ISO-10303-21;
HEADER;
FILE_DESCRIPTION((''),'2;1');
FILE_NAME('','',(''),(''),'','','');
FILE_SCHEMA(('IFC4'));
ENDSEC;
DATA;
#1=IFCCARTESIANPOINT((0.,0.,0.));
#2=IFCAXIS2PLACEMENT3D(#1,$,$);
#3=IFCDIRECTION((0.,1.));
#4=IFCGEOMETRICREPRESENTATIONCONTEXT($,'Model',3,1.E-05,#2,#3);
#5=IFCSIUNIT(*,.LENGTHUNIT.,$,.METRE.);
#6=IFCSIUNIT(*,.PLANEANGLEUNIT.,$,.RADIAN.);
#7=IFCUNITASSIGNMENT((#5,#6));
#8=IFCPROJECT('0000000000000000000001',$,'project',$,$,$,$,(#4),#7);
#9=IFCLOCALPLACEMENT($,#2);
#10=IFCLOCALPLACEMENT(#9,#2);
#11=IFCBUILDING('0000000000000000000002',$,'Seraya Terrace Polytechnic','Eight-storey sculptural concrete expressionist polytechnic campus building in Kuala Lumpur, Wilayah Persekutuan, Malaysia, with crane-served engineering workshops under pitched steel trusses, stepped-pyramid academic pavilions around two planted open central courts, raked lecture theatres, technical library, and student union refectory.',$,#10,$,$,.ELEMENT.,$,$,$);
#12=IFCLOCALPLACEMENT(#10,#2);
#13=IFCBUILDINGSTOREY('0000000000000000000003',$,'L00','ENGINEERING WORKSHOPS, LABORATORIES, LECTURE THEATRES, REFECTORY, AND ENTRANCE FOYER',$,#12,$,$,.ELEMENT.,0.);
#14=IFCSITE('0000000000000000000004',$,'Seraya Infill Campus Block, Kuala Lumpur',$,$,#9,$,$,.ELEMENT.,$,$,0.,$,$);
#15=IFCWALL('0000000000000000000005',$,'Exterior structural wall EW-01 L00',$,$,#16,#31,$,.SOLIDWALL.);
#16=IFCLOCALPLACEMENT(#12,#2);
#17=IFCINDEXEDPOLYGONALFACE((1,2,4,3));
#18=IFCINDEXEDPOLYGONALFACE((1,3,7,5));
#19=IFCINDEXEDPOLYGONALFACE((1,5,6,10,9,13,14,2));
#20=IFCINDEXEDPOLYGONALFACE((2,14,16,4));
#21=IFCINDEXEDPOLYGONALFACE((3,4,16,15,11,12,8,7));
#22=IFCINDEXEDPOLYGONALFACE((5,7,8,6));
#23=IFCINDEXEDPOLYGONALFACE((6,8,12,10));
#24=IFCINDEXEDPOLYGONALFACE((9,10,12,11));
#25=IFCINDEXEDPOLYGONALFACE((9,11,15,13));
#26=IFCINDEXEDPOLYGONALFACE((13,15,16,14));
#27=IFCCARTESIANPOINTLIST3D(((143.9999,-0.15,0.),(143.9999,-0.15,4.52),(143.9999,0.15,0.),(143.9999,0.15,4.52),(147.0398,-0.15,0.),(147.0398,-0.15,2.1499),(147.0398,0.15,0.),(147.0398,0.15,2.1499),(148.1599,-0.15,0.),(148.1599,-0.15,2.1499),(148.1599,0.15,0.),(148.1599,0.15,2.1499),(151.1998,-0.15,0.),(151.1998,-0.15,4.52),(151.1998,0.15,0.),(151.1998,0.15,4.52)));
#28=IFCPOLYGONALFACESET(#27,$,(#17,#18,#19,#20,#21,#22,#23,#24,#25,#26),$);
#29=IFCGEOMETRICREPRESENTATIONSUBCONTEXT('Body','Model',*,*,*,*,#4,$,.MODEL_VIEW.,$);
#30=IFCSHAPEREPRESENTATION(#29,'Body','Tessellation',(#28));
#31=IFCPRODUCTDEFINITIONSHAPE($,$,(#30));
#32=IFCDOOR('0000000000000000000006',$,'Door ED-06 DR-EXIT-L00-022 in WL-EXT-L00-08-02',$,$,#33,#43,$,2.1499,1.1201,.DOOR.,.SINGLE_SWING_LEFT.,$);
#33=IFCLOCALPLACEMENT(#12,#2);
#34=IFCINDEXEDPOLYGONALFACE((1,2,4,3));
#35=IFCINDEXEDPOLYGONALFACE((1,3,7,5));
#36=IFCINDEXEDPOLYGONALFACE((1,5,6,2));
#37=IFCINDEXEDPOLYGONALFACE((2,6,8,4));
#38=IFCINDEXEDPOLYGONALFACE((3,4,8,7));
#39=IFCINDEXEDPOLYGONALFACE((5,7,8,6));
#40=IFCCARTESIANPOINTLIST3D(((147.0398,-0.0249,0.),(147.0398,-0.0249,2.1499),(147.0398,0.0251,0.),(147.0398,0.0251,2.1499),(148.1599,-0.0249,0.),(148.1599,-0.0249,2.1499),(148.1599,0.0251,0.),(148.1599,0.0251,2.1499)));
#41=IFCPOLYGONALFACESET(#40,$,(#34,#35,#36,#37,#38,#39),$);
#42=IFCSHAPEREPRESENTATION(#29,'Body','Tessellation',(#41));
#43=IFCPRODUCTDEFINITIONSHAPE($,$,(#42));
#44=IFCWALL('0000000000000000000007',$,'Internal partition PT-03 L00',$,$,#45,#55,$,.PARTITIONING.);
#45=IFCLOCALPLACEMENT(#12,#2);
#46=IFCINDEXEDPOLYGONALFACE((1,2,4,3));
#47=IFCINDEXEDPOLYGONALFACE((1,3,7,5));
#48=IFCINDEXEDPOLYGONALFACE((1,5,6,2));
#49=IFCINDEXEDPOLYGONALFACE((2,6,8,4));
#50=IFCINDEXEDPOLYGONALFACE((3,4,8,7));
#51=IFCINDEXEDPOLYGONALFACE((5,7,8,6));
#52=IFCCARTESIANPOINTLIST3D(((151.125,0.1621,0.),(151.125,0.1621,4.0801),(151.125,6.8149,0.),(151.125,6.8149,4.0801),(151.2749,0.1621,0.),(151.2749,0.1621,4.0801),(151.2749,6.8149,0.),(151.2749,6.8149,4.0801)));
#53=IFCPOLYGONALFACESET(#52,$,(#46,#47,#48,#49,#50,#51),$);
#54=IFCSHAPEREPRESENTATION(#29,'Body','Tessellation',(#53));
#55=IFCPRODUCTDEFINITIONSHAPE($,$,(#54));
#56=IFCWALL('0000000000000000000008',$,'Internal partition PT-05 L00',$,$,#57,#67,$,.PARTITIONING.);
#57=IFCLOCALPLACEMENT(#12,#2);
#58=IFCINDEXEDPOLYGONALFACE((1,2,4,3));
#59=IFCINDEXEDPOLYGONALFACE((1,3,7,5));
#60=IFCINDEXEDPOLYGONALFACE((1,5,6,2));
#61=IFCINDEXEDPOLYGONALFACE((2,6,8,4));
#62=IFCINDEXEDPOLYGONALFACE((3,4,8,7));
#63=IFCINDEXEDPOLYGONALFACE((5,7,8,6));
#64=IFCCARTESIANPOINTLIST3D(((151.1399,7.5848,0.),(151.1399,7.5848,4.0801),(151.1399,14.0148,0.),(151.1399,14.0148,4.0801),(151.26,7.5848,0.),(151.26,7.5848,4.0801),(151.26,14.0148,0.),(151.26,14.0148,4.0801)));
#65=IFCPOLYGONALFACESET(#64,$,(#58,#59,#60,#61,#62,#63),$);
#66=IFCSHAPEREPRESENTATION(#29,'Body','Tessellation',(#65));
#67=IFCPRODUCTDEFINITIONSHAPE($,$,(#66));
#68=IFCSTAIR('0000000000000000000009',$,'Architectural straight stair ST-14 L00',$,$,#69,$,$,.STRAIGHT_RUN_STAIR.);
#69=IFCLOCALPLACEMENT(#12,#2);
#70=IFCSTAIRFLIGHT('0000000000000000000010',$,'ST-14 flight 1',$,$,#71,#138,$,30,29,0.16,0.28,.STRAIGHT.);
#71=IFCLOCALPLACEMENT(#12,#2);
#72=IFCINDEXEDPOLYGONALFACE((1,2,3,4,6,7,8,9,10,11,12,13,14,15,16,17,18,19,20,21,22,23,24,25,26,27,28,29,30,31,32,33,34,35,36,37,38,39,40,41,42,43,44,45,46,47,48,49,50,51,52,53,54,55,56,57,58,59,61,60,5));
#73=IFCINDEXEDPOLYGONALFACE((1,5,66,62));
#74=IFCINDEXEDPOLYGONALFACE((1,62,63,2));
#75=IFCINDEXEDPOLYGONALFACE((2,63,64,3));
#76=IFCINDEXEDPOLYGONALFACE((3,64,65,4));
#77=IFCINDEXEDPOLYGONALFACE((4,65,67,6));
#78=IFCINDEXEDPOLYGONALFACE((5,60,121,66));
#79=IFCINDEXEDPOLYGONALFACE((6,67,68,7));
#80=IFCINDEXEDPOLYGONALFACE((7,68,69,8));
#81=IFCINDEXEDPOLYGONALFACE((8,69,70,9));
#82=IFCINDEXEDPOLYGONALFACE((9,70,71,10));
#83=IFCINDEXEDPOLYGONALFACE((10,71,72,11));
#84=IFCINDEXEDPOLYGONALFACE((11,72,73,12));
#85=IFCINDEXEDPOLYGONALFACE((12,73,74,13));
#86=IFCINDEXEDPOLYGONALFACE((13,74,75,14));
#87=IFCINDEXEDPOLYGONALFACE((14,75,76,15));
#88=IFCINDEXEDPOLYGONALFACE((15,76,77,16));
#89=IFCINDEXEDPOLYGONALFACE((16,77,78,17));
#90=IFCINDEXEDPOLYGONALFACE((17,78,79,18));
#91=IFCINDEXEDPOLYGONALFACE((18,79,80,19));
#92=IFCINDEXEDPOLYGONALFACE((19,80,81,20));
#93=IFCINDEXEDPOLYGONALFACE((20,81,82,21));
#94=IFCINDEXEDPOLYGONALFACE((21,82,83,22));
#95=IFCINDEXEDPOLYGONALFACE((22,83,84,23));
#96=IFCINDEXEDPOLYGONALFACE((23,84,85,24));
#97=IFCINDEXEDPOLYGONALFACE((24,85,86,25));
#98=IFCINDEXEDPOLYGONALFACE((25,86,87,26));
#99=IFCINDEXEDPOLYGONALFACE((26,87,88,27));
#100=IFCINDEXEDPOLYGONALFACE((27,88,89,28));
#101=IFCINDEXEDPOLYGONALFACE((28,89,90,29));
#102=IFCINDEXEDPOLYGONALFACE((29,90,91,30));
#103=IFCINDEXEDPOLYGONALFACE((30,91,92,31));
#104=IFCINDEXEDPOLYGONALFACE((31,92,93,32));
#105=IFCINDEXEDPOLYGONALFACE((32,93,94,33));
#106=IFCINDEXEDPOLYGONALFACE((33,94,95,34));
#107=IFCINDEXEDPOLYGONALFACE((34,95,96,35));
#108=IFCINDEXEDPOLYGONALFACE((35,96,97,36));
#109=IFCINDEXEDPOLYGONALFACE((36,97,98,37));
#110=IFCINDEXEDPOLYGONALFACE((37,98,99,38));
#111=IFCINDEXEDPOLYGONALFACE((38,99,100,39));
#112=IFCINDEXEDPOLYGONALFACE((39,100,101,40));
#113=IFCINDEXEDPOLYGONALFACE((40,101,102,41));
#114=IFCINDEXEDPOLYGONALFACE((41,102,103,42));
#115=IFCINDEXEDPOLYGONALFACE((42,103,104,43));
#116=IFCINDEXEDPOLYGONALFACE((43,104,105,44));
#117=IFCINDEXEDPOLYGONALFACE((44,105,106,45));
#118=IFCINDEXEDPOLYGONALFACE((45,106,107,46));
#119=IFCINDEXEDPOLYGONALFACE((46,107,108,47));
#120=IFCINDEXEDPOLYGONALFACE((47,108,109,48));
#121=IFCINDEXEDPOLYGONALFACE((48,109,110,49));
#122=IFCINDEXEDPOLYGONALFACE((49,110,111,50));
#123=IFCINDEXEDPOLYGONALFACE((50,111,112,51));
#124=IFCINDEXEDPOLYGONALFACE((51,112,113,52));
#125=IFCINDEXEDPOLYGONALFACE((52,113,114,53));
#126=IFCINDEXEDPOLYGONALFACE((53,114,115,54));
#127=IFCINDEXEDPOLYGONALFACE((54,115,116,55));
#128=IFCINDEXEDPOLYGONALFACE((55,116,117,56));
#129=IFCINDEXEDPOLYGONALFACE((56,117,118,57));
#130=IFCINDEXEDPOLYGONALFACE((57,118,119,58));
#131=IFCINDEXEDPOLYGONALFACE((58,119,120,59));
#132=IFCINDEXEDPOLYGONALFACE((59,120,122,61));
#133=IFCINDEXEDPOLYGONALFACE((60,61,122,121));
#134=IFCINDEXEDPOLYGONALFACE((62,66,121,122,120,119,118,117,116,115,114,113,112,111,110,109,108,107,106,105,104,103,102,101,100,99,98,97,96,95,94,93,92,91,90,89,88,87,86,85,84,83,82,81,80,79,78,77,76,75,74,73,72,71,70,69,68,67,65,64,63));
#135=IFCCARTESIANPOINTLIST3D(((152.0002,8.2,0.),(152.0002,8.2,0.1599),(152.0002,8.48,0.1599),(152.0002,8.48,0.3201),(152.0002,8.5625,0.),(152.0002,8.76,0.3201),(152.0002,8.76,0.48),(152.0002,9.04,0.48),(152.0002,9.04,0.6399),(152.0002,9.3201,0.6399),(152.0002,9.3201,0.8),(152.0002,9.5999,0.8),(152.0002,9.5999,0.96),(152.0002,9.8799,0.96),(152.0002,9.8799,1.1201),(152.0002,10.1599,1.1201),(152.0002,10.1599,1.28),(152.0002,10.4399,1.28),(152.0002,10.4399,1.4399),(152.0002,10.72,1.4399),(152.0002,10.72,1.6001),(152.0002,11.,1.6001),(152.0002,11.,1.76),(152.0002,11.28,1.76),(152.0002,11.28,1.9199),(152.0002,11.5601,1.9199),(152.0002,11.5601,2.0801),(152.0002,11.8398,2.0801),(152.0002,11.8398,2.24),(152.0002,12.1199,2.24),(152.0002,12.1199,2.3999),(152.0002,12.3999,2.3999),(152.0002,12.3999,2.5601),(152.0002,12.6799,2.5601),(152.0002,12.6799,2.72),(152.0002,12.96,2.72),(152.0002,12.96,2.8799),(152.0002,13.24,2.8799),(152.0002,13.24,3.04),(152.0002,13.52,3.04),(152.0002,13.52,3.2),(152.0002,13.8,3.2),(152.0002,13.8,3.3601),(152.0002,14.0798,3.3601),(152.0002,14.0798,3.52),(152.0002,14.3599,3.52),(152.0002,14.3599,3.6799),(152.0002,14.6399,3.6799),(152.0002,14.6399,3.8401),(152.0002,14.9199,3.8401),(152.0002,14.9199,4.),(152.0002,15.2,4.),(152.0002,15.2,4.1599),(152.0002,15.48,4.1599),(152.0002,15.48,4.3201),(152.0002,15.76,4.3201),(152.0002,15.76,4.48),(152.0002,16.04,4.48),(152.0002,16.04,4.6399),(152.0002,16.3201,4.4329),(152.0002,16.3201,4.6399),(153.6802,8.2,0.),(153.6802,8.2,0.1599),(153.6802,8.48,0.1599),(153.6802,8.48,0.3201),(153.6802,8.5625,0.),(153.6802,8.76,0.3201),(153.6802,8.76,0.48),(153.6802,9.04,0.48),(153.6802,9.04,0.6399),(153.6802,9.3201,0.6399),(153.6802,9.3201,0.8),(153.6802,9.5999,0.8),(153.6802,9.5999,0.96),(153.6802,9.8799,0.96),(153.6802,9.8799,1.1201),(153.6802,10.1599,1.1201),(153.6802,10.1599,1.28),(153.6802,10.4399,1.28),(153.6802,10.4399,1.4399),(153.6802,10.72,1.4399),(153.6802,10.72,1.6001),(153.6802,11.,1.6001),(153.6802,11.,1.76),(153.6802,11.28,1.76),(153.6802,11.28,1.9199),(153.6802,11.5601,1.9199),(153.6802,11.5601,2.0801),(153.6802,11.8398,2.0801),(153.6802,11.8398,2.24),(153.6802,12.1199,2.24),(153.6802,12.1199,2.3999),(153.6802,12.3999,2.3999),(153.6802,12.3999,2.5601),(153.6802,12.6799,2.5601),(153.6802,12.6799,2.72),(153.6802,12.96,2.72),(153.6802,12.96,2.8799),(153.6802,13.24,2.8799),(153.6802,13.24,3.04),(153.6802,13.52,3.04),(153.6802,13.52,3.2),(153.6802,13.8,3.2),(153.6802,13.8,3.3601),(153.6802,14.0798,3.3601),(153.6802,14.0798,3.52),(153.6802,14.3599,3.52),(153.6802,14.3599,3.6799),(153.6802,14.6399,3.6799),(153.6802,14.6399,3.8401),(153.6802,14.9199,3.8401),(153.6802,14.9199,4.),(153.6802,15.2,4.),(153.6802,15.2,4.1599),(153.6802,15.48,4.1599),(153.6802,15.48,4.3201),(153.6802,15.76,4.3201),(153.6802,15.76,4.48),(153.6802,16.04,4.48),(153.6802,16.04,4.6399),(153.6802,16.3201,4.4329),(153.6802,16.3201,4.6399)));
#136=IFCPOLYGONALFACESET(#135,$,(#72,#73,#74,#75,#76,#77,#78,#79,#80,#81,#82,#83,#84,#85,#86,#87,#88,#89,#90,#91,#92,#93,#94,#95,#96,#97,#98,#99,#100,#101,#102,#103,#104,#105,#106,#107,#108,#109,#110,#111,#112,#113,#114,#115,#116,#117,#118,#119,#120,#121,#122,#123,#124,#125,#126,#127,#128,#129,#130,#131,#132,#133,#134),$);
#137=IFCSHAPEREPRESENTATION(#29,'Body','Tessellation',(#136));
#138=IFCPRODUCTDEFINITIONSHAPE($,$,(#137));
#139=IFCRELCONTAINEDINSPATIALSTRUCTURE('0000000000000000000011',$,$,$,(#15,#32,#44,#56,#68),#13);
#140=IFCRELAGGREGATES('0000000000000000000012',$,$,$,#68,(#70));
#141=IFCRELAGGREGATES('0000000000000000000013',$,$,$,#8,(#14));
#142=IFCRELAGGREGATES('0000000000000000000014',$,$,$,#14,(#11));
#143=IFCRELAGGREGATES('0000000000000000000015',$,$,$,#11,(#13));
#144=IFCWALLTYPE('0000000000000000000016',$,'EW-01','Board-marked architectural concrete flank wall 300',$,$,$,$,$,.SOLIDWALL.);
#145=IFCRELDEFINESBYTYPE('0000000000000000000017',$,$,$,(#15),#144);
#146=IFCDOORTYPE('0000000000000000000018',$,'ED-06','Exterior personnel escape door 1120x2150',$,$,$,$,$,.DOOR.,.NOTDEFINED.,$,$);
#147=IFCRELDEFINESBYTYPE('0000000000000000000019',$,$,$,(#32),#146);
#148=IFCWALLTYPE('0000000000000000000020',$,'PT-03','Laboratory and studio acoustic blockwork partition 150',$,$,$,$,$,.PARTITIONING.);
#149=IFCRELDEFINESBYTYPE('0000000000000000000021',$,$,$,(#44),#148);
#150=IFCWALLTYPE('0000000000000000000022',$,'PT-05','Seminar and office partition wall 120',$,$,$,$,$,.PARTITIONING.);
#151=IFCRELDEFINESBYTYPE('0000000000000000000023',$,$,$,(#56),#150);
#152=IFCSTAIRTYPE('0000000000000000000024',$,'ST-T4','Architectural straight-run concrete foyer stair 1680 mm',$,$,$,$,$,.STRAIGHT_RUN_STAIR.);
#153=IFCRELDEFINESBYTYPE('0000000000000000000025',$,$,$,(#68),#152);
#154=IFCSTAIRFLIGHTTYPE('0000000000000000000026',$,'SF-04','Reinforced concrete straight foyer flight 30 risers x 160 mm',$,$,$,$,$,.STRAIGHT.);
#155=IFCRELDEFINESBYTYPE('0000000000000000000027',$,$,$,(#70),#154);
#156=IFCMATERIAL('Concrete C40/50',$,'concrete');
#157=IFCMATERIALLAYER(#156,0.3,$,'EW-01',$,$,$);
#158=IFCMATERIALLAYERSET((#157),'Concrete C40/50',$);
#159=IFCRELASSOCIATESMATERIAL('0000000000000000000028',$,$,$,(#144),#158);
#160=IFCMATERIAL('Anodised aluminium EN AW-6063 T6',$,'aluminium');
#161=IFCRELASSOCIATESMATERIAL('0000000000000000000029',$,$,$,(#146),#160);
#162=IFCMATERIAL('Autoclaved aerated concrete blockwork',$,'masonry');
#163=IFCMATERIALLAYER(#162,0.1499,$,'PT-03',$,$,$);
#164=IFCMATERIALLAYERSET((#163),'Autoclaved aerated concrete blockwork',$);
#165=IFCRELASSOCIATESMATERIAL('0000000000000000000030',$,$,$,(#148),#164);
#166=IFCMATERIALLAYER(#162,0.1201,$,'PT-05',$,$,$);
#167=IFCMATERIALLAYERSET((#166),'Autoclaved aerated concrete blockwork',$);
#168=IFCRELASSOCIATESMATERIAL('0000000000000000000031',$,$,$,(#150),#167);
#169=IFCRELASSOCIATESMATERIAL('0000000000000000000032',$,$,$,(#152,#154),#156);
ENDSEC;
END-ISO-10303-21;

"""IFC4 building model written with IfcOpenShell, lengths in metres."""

from ifc_helpers import new_model, si_unit, direction, frame, frame_2d, origin, place, context, subcontext, project, spatial, polyline, rectangle, outline, extrude, material, layer, layer_set, type_object, element, fill, aggregate, save


model = new_model("IFC4")

# Units and contexts
model_context = context("Model", 3, precision=1e-05, world=origin(), true_north=direction((0.0, 1.0)))
body_context = subcontext(model_context, "Body", "Model", "MODEL_VIEW")
ifc_project = project(units=[si_unit("LENGTHUNIT", "METRE"), si_unit("PLANEANGLEUNIT", "RADIAN")], contexts=[model_context])

# Site, building, storey
site_placement = place(None, origin())
site = spatial("IfcSite", under=ifc_project, at=site_placement, Name="Seraya Infill Campus Block, Kuala Lumpur", CompositionType="ELEMENT", RefElevation=0.0)
building_placement = place(site_placement, origin())
building = spatial("IfcBuilding", under=site, at=building_placement, Name="Seraya Terrace Polytechnic", Description="Eight-storey sculptural concrete expressionist polytechnic campus building in Kuala Lumpur, Wilayah Persekutuan, Malaysia, with crane-served engineering workshops under pitched steel trusses, stepped-pyramid academic pavilions around two planted open central courts, raked lecture theatres, technical library, and student union refectory.", CompositionType="ELEMENT")
storey_placement = place(building_placement, origin())
storey = spatial("IfcBuildingStorey", under=building, at=storey_placement, Name="L00", Description="ENGINEERING WORKSHOPS, LABORATORIES, LECTURE THEATRES, REFECTORY, AND ENTRANCE FOYER", CompositionType="ELEMENT", Elevation=0.0)

# Shared definitions
ifc_material_1 = material(Name="Concrete C40/50", Category="concrete")

# Wall, opening, door
ifc_layer_1 = layer(ifc_material_1, 0.3, Name="EW-01")
ifc_layer_set_1 = layer_set([ifc_layer_1], Name="Concrete C40/50")
wall_type_1 = type_object("IfcWallType", Name="EW-01", Description="Board-marked architectural concrete flank wall 300", PredefinedType="SOLIDWALL", material=ifc_layer_set_1)
wall_1_placement = place(storey_placement, frame((151.2, 0.0, 0.0), z_axis=(0.0, 0.0, 1.0), x_axis=(-1.0, 0.0, 0.0)))
wall_1 = element("IfcWall", 1, at=wall_1_placement, inside=storey, type_object=wall_type_1, Name="Exterior structural wall EW-01 L00", PredefinedType="SOLIDWALL", context=body_context, shape_type="SweptSolid", body=[
    extrude(rectangle(XDim=7.2, YDim=0.3, at=frame_2d((3.6001, 0.0))), origin(), (0.0, 0.0, 1.0), 4.52),
])
opening_placement = place(wall_1_placement, frame((3.04, 0.0, 0.0)))
opening = element("IfcOpeningElement", 2, at=opening_placement, cuts=wall_1, PredefinedType="OPENING", context=body_context, shape_type="SweptSolid", body=[
    extrude(rectangle(XDim=1.1201, YDim=2.1499, at=frame_2d((0.5601, 1.075))), frame((0.0, 0.1621, 0.0), z_axis=(0.0, -1.0, 0.0), x_axis=(1.0, 0.0, 0.0)), (0.0, 0.0, 1.0), 0.324),
])
ifc_material_2 = material(Name="Anodised aluminium EN AW-6063 T6", Category="aluminium")
door_type = type_object("IfcDoorType", Name="ED-06", Description="Exterior personnel escape door 1120x2150", OperationType="NOTDEFINED", PredefinedType="DOOR", material=ifc_material_2)
door_placement = place(opening_placement, origin())
door = element("IfcDoor", 3, at=door_placement, inside=storey, type_object=door_type, Name="Door ED-06 DR-EXIT-L00-022 in WL-EXT-L00-08-02", OperationType="SINGLE_SWING_LEFT", OverallHeight=2.1499, OverallWidth=1.1201, PredefinedType="DOOR", context=body_context, shape_type="SweptSolid", body=[
    extrude(rectangle(XDim=1.1201, YDim=2.1499, at=frame_2d((0.5601, 1.075))), frame((0.0, 0.0249, 0.0), z_axis=(0.0, -1.0, 0.0), x_axis=(1.0, 0.0, 0.0)), (0.0, 0.0, 1.0), 0.05),
])
fill(opening, door)

# Walls
ifc_material_3 = material(Name="Autoclaved aerated concrete blockwork", Category="masonry")
ifc_layer_2 = layer(ifc_material_3, 0.1499, Name="PT-03")
ifc_layer_set_2 = layer_set([ifc_layer_2], Name="Autoclaved aerated concrete blockwork")
wall_type_2 = type_object("IfcWallType", Name="PT-03", Description="Laboratory and studio acoustic blockwork partition 150", PredefinedType="PARTITIONING", material=ifc_layer_set_2)
wall_2_placement = place(storey_placement, frame((151.2, 0.1621, 0.0), z_axis=(0.0, 0.0, 1.0), x_axis=(0.0, 1.0, 0.0)))
element("IfcWall", 4, at=wall_2_placement, inside=storey, type_object=wall_type_2, Name="Internal partition PT-03 L00", PredefinedType="PARTITIONING", context=body_context, shape_type="SweptSolid", body=[
    extrude(rectangle(XDim=6.6528, YDim=0.1499, at=frame_2d((3.3264, 0.0))), origin(), (0.0, 0.0, 1.0), 4.0801),
])
ifc_layer_3 = layer(ifc_material_3, 0.1201, Name="PT-05")
ifc_layer_set_3 = layer_set([ifc_layer_3], Name="Autoclaved aerated concrete blockwork")
wall_type_3 = type_object("IfcWallType", Name="PT-05", Description="Seminar and office partition wall 120", PredefinedType="PARTITIONING", material=ifc_layer_set_3)
wall_3_placement = place(storey_placement, frame((151.2, 7.585, 0.0), z_axis=(0.0, 0.0, 1.0), x_axis=(0.0, 1.0, 0.0)))
element("IfcWall", 5, at=wall_3_placement, inside=storey, type_object=wall_type_3, Name="Internal partition PT-05 L00", PredefinedType="PARTITIONING", context=body_context, shape_type="SweptSolid", body=[
    extrude(rectangle(XDim=6.4299, YDim=0.1201, at=frame_2d((3.2148, 0.0))), origin(), (0.0, 0.0, 1.0), 4.0801),
])

# Stair, stair flight
stair_type = type_object("IfcStairType", Name="ST-T4", Description="Architectural straight-run concrete foyer stair 1680 mm", PredefinedType="STRAIGHT_RUN_STAIR", material=ifc_material_1)
stair_placement = place(storey_placement, origin())
stair = element("IfcStair", 6, at=stair_placement, inside=storey, type_object=stair_type, Name="Architectural straight stair ST-14 L00", PredefinedType="STRAIGHT_RUN_STAIR")
stair_flight_type = type_object("IfcStairFlightType", Name="SF-04", Description="Reinforced concrete straight foyer flight 30 risers x 160 mm", PredefinedType="STRAIGHT", material=ifc_material_1)
stair_flight_placement = place(storey_placement, frame((152.8401, 8.2, 0.0), z_axis=(0.0, 0.0, 1.0), x_axis=(0.0, 1.0, 0.0)))
stair_flight = element("IfcStairFlight", 7, at=stair_flight_placement, type_object=stair_flight_type, Name="ST-14 flight 1", NumberOfRisers=30, NumberOfTreads=29, PredefinedType="STRAIGHT", RiserHeight=0.16, TreadLength=0.28, context=body_context, shape_type="SweptSolid", body=[
    extrude(outline(polyline([(0.0, 0.0), (0.0, 0.1599), (0.28, 0.1599), (0.28, 0.3201), (0.5601, 0.3201), (0.5601, 0.48), (0.8401, 0.48), (0.8401, 0.6399), (1.1201, 0.6399), (1.1201, 0.8), (1.3999, 0.8), (1.3999, 0.96), (1.6799, 0.96), (1.6799, 1.1201), (1.96, 1.1201), (1.96, 1.28), (2.24, 1.28), (2.24, 1.4399), (2.52, 1.4399), (2.52, 1.6001), (2.8, 1.6001), (2.8, 1.76), (3.0801, 1.76), (3.0801, 1.9199), (3.3601, 1.9199), (3.3601, 2.0801), (3.6399, 2.0801), (3.6399, 2.24), (3.9199, 2.24), (3.9199, 2.3999), (4.2, 2.3999), (4.2, 2.5601), (4.48, 2.5601), (4.48, 2.72), (4.76, 2.72), (4.76, 2.8799), (5.04, 2.8799), (5.04, 3.04), (5.3201, 3.04), (5.3201, 3.2), (5.6001, 3.2), (5.6001, 3.3601), (5.8799, 3.3601), (5.8799, 3.52), (6.1599, 3.52), (6.1599, 3.6799), (6.4399, 3.6799), (6.4399, 3.8401), (6.72, 3.8401), (6.72, 4.0), (7.0, 4.0), (7.0, 4.1599), (7.28, 4.1599), (7.28, 4.3201), (7.5601, 4.3201), (7.5601, 4.48), (7.8401, 4.48), (7.8401, 4.6399), (8.1201, 4.6399), (8.1201, 4.8), (8.1201, 4.4329), (0.3625, 0.0), (0.0, 0.0)])), frame((0.0, 0.8398, 0.0), z_axis=(0.0, -1.0, 0.0), x_axis=(1.0, 0.0, 0.0)), (0.0, 0.0, 1.0), 1.6799),
])
aggregate(stair, [stair_flight])

save(model, "model.ifc")
